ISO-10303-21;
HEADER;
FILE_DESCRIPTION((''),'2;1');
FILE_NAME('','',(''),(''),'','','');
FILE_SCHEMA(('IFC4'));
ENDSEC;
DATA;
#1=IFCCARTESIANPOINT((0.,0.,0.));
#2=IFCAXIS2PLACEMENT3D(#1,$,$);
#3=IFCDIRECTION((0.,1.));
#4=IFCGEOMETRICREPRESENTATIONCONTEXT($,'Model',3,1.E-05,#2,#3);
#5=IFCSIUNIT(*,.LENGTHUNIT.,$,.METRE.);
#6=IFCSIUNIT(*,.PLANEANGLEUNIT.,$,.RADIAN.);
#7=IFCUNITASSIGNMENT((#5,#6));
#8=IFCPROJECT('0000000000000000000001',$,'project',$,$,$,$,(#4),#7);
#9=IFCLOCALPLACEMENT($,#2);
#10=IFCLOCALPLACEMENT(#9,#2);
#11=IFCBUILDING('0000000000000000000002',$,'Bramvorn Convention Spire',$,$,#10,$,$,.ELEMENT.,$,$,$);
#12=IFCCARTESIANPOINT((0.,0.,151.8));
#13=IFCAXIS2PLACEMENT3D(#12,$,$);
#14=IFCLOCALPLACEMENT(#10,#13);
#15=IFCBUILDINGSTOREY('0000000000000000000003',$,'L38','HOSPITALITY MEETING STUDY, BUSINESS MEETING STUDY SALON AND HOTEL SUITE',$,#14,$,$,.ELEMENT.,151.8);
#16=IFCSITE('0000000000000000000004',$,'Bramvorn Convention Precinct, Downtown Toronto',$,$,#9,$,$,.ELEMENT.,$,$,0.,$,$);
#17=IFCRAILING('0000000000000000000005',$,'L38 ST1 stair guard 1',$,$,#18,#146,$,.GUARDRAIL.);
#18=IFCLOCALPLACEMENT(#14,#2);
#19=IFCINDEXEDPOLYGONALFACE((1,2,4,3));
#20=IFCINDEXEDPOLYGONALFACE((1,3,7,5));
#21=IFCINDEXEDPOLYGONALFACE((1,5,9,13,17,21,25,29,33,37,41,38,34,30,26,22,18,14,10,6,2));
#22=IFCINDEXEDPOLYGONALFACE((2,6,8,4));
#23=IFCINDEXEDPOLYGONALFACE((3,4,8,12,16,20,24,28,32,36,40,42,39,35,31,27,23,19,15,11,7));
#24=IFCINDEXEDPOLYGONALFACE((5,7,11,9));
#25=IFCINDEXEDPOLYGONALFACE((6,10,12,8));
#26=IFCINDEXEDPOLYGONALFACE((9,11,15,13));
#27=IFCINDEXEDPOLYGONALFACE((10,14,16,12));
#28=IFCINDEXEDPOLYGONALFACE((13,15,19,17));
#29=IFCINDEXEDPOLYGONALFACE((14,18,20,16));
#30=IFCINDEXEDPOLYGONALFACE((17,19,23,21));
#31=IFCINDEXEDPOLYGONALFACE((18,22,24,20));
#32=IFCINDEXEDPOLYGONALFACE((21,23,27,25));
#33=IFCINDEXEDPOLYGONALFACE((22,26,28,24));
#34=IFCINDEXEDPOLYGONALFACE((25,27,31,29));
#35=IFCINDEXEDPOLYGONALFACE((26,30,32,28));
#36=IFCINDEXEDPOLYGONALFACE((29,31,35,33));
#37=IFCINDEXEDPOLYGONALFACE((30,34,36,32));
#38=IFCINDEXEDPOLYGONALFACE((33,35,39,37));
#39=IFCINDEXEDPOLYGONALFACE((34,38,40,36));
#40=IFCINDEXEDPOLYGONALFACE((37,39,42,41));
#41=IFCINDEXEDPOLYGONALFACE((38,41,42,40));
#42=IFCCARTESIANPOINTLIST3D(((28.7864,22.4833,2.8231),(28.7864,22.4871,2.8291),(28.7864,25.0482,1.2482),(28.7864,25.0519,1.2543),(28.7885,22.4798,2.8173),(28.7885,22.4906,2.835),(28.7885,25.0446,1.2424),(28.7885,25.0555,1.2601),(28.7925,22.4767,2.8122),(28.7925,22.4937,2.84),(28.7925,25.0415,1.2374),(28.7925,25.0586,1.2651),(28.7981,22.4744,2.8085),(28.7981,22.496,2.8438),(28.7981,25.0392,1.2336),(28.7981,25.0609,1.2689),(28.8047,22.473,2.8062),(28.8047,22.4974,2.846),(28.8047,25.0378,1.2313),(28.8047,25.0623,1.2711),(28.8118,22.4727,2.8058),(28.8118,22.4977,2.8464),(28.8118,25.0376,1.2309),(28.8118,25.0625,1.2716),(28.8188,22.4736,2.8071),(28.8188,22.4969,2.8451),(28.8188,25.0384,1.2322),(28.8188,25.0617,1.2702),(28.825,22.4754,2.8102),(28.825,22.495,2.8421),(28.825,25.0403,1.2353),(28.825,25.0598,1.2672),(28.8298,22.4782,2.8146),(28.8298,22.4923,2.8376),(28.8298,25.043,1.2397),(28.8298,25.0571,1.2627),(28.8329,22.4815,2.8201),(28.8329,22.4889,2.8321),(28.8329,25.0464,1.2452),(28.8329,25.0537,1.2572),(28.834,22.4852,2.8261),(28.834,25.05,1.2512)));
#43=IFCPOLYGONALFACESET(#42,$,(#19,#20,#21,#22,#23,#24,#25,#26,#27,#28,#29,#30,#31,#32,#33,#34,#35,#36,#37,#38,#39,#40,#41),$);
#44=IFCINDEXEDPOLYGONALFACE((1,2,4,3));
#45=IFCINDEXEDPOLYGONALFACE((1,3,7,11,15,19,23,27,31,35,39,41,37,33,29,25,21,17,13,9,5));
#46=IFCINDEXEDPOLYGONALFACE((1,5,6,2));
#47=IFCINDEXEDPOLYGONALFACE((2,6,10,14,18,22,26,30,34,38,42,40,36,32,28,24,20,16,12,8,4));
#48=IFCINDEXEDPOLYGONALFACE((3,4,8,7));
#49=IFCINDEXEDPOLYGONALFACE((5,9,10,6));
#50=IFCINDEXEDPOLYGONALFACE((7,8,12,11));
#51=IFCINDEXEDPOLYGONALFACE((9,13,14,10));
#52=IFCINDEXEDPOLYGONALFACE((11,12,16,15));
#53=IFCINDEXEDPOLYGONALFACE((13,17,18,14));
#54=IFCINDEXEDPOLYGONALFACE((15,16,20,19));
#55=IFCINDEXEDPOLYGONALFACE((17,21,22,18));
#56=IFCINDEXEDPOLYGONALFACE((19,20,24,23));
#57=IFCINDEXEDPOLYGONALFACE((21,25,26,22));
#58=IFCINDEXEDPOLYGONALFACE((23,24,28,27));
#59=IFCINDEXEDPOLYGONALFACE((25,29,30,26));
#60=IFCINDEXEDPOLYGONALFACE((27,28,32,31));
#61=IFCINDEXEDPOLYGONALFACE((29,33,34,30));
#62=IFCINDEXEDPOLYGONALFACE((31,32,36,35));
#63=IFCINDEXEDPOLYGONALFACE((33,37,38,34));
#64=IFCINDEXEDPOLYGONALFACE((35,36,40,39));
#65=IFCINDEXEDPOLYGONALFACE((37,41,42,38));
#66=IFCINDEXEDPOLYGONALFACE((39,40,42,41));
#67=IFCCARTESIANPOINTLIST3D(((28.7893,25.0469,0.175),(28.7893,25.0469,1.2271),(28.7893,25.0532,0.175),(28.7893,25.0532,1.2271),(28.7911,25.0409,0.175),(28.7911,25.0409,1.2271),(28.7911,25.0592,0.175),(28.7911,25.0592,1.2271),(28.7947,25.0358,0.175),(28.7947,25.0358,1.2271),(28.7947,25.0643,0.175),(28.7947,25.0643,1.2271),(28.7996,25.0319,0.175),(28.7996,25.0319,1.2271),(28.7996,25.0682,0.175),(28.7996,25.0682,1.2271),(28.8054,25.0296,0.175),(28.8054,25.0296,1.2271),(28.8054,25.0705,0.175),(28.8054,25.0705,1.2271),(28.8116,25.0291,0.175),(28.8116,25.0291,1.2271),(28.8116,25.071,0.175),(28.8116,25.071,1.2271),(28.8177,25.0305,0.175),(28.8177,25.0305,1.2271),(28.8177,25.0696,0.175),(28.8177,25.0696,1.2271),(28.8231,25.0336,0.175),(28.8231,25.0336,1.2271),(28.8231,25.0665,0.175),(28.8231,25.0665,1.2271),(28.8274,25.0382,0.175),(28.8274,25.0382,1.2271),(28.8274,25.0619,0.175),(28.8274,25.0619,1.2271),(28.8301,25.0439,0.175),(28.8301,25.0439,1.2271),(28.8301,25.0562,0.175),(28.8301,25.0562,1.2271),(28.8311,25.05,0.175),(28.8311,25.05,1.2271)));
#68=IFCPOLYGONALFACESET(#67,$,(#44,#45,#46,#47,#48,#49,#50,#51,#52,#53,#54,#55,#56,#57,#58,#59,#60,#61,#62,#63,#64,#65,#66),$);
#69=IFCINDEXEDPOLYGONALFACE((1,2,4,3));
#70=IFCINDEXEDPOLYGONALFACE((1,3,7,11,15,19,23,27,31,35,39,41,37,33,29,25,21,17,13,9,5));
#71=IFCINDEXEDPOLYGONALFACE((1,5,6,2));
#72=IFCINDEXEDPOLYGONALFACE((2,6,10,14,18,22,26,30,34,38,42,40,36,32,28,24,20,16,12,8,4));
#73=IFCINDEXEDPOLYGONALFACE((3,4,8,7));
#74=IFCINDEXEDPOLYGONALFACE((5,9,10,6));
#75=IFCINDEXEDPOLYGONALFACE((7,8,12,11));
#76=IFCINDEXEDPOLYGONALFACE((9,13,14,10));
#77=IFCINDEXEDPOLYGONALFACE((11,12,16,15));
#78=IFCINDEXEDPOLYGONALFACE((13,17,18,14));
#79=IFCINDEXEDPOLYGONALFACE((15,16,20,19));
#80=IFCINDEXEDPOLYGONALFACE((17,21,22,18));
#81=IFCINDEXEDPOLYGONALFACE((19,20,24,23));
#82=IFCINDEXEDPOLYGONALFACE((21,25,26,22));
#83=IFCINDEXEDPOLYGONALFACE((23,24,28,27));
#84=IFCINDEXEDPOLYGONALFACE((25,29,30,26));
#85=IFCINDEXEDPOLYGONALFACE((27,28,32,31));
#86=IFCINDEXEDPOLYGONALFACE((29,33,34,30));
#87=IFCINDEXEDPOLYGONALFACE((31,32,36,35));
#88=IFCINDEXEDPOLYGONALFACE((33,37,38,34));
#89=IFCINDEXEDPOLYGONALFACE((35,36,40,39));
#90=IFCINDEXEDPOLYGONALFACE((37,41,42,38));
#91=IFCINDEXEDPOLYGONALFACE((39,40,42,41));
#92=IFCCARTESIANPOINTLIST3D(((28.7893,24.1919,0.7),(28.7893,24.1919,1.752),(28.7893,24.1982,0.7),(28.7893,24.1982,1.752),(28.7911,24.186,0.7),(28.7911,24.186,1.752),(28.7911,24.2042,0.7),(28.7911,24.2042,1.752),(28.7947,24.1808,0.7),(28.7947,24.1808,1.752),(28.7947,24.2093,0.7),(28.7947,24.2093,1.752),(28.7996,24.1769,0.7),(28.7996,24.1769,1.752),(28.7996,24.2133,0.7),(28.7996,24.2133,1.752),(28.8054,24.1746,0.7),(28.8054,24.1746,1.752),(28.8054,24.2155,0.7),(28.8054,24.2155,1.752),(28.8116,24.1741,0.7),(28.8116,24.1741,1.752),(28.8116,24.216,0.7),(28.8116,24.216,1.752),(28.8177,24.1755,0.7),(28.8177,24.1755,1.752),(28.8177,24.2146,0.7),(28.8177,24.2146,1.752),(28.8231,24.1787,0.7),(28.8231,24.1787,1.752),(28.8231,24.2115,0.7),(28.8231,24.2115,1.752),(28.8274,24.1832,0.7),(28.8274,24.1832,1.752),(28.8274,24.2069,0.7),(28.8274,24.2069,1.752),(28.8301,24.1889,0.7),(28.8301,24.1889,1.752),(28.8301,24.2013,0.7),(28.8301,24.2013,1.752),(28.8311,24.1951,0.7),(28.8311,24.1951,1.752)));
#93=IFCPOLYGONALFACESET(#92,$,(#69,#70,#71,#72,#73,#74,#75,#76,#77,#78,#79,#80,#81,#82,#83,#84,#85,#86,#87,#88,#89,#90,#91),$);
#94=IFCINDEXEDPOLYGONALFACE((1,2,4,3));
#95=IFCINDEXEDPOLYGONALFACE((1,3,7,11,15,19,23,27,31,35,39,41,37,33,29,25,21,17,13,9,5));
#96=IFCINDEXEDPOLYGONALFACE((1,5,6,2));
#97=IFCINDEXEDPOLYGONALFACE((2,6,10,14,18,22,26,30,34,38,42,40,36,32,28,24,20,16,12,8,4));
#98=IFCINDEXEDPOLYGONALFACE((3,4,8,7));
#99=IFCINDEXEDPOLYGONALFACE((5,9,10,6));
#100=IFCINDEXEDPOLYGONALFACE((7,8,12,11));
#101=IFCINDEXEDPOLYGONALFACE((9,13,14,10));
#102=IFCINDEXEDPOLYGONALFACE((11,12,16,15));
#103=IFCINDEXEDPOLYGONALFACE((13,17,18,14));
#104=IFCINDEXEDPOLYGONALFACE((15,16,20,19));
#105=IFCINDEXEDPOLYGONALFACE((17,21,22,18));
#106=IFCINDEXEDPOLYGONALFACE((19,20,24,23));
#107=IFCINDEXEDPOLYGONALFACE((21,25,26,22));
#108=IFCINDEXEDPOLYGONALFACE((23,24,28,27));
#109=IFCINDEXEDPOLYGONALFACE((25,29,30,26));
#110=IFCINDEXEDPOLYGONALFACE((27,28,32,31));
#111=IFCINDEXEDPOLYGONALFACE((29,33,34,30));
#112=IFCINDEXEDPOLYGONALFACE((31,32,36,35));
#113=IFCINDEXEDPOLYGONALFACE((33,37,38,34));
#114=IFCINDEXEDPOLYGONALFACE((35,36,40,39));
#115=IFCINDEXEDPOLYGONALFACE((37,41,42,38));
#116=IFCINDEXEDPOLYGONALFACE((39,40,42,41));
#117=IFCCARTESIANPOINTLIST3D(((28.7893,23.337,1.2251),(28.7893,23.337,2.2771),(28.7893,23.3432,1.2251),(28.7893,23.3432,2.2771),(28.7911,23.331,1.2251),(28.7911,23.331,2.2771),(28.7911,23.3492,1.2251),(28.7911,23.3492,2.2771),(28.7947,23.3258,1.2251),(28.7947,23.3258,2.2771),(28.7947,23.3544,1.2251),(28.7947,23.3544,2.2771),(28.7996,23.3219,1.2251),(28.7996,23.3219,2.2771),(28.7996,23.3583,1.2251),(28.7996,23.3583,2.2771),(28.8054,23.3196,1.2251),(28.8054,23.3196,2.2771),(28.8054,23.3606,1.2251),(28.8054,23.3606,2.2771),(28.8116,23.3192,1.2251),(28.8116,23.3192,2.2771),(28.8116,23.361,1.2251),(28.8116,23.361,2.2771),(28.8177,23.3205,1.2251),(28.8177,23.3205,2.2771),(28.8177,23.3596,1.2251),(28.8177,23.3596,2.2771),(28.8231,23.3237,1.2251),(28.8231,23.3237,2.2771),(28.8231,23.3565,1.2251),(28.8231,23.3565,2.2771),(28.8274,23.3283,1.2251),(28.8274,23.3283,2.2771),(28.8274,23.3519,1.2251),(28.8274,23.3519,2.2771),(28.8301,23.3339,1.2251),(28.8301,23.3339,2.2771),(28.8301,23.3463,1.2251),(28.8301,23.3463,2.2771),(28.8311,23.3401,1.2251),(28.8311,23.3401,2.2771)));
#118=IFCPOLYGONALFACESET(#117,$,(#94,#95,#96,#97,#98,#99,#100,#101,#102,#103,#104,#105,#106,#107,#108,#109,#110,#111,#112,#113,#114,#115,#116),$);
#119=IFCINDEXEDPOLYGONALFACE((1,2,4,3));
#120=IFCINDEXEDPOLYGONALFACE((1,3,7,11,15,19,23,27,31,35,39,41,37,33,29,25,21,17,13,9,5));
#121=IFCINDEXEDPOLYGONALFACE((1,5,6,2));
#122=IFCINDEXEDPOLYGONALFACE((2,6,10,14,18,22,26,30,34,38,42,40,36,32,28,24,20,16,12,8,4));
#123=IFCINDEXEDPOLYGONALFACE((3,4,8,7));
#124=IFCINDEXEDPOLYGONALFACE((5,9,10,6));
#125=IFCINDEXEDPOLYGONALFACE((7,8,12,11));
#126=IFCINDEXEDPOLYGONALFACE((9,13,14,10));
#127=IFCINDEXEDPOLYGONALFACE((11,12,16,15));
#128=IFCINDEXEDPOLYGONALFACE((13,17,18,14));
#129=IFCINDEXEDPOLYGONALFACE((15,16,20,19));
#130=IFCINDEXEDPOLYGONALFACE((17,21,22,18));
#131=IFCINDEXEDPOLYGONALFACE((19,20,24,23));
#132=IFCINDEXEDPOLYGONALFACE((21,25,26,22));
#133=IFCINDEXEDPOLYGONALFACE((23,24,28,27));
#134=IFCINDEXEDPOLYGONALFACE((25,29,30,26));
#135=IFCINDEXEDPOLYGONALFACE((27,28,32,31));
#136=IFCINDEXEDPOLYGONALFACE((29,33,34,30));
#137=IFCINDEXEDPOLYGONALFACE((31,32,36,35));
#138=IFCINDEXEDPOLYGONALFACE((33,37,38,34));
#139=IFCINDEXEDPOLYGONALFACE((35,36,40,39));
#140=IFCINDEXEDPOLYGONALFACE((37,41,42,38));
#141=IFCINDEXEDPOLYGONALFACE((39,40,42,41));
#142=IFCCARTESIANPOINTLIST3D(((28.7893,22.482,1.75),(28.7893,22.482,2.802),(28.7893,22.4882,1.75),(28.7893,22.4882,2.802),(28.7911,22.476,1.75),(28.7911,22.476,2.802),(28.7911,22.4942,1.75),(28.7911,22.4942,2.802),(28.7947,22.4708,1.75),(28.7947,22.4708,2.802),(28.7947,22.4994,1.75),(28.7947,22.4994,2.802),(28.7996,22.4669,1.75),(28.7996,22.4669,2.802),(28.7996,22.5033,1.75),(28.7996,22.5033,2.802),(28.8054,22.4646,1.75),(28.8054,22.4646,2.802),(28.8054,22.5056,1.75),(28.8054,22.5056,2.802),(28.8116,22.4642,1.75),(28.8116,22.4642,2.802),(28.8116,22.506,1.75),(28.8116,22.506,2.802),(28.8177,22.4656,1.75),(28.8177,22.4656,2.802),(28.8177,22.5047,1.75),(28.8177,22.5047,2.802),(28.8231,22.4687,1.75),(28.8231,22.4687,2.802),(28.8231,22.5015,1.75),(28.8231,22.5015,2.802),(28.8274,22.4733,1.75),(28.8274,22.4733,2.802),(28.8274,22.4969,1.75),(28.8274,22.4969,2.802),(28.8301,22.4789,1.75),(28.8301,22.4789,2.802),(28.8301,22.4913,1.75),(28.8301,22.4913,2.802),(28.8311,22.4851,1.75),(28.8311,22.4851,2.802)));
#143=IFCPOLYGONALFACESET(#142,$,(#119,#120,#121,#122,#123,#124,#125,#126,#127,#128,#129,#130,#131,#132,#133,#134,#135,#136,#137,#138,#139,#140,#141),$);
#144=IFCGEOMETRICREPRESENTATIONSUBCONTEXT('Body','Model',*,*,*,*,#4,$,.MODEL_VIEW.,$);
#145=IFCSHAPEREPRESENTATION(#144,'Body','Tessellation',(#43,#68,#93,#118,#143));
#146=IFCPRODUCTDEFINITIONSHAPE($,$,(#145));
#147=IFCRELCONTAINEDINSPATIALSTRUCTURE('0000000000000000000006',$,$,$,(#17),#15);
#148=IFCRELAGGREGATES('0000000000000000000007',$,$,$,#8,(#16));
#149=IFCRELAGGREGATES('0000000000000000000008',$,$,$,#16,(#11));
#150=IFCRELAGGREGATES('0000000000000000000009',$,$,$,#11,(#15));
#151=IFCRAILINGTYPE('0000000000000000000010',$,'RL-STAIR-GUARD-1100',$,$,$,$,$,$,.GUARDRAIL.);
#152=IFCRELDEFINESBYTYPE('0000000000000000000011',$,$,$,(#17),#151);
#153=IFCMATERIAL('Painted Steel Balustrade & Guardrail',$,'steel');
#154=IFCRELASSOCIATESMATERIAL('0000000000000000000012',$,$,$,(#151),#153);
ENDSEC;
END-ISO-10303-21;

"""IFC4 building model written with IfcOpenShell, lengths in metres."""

from ifc_helpers import new_model, si_unit, direction, frame, origin, origin_2d, place, context, subcontext, project, spatial, circle, extrude, material, type_object, element, save


model = new_model("IFC4")

# Units and contexts
model_context = context("Model", 3, precision=1e-05, world=origin(), true_north=direction((0.0, 1.0)))
body_context = subcontext(model_context, "Body", "Model", "MODEL_VIEW")
ifc_project = project(units=[si_unit("LENGTHUNIT", "METRE"), si_unit("PLANEANGLEUNIT", "RADIAN")], contexts=[model_context])

# Site, building, storey
site_placement = place(None, origin())
site = spatial("IfcSite", under=ifc_project, at=site_placement, Name="Bramvorn Convention Precinct, Downtown Toronto", CompositionType="ELEMENT", RefElevation=0.0)
building_placement = place(site_placement, origin())
building = spatial("IfcBuilding", under=site, at=building_placement, Name="Bramvorn Convention Spire", CompositionType="ELEMENT")
storey_placement = place(building_placement, frame((0.0, 0.0, 151.8)))
storey = spatial("IfcBuildingStorey", under=building, at=storey_placement, Name="L38", Description="HOSPITALITY MEETING STUDY, BUSINESS MEETING STUDY SALON AND HOTEL SUITE", CompositionType="ELEMENT", Elevation=151.8)

# Railing
ifc_material_1 = material(Name="Painted Steel Balustrade & Guardrail", Category="steel")
railing_type_1 = type_object("IfcRailingType", Name="RL-STAIR-GUARD-1100", PredefinedType="GUARDRAIL", material=ifc_material_1)
railing_1_placement = place(storey_placement, frame((28.8101, 25.05, 0.175)))
element("IfcRailing", 1, at=railing_1_placement, inside=storey, type_object=railing_type_1, Name="L38 ST1 stair guard 1", PredefinedType="GUARDRAIL", context=body_context, shape_type="SweptSolid", body=[
    extrude(circle(Radius=0.0239, at=origin_2d()), frame((0.0, 0.0, 1.0762), z_axis=(0.0, -0.852173, 0.52326), x_axis=(1.0, 0.0, 0.0)), (0.0, 0.0, 1.0), 3.0098),
    extrude(circle(Radius=0.021, at=origin_2d()), origin(), (0.0, 0.0, 1.0), 1.052),
    extrude(circle(Radius=0.021, at=origin_2d()), frame((0.0, -0.855, 0.5249)), (0.0, 0.0, 1.0), 1.052),
    extrude(circle(Radius=0.021, at=origin_2d()), frame((0.0, -1.71, 1.05)), (0.0, 0.0, 1.0), 1.052),
    extrude(circle(Radius=0.021, at=origin_2d()), frame((0.0, -2.5649, 1.575)), (0.0, 0.0, 1.0), 1.052),
])

save(model, "model.ifc")
